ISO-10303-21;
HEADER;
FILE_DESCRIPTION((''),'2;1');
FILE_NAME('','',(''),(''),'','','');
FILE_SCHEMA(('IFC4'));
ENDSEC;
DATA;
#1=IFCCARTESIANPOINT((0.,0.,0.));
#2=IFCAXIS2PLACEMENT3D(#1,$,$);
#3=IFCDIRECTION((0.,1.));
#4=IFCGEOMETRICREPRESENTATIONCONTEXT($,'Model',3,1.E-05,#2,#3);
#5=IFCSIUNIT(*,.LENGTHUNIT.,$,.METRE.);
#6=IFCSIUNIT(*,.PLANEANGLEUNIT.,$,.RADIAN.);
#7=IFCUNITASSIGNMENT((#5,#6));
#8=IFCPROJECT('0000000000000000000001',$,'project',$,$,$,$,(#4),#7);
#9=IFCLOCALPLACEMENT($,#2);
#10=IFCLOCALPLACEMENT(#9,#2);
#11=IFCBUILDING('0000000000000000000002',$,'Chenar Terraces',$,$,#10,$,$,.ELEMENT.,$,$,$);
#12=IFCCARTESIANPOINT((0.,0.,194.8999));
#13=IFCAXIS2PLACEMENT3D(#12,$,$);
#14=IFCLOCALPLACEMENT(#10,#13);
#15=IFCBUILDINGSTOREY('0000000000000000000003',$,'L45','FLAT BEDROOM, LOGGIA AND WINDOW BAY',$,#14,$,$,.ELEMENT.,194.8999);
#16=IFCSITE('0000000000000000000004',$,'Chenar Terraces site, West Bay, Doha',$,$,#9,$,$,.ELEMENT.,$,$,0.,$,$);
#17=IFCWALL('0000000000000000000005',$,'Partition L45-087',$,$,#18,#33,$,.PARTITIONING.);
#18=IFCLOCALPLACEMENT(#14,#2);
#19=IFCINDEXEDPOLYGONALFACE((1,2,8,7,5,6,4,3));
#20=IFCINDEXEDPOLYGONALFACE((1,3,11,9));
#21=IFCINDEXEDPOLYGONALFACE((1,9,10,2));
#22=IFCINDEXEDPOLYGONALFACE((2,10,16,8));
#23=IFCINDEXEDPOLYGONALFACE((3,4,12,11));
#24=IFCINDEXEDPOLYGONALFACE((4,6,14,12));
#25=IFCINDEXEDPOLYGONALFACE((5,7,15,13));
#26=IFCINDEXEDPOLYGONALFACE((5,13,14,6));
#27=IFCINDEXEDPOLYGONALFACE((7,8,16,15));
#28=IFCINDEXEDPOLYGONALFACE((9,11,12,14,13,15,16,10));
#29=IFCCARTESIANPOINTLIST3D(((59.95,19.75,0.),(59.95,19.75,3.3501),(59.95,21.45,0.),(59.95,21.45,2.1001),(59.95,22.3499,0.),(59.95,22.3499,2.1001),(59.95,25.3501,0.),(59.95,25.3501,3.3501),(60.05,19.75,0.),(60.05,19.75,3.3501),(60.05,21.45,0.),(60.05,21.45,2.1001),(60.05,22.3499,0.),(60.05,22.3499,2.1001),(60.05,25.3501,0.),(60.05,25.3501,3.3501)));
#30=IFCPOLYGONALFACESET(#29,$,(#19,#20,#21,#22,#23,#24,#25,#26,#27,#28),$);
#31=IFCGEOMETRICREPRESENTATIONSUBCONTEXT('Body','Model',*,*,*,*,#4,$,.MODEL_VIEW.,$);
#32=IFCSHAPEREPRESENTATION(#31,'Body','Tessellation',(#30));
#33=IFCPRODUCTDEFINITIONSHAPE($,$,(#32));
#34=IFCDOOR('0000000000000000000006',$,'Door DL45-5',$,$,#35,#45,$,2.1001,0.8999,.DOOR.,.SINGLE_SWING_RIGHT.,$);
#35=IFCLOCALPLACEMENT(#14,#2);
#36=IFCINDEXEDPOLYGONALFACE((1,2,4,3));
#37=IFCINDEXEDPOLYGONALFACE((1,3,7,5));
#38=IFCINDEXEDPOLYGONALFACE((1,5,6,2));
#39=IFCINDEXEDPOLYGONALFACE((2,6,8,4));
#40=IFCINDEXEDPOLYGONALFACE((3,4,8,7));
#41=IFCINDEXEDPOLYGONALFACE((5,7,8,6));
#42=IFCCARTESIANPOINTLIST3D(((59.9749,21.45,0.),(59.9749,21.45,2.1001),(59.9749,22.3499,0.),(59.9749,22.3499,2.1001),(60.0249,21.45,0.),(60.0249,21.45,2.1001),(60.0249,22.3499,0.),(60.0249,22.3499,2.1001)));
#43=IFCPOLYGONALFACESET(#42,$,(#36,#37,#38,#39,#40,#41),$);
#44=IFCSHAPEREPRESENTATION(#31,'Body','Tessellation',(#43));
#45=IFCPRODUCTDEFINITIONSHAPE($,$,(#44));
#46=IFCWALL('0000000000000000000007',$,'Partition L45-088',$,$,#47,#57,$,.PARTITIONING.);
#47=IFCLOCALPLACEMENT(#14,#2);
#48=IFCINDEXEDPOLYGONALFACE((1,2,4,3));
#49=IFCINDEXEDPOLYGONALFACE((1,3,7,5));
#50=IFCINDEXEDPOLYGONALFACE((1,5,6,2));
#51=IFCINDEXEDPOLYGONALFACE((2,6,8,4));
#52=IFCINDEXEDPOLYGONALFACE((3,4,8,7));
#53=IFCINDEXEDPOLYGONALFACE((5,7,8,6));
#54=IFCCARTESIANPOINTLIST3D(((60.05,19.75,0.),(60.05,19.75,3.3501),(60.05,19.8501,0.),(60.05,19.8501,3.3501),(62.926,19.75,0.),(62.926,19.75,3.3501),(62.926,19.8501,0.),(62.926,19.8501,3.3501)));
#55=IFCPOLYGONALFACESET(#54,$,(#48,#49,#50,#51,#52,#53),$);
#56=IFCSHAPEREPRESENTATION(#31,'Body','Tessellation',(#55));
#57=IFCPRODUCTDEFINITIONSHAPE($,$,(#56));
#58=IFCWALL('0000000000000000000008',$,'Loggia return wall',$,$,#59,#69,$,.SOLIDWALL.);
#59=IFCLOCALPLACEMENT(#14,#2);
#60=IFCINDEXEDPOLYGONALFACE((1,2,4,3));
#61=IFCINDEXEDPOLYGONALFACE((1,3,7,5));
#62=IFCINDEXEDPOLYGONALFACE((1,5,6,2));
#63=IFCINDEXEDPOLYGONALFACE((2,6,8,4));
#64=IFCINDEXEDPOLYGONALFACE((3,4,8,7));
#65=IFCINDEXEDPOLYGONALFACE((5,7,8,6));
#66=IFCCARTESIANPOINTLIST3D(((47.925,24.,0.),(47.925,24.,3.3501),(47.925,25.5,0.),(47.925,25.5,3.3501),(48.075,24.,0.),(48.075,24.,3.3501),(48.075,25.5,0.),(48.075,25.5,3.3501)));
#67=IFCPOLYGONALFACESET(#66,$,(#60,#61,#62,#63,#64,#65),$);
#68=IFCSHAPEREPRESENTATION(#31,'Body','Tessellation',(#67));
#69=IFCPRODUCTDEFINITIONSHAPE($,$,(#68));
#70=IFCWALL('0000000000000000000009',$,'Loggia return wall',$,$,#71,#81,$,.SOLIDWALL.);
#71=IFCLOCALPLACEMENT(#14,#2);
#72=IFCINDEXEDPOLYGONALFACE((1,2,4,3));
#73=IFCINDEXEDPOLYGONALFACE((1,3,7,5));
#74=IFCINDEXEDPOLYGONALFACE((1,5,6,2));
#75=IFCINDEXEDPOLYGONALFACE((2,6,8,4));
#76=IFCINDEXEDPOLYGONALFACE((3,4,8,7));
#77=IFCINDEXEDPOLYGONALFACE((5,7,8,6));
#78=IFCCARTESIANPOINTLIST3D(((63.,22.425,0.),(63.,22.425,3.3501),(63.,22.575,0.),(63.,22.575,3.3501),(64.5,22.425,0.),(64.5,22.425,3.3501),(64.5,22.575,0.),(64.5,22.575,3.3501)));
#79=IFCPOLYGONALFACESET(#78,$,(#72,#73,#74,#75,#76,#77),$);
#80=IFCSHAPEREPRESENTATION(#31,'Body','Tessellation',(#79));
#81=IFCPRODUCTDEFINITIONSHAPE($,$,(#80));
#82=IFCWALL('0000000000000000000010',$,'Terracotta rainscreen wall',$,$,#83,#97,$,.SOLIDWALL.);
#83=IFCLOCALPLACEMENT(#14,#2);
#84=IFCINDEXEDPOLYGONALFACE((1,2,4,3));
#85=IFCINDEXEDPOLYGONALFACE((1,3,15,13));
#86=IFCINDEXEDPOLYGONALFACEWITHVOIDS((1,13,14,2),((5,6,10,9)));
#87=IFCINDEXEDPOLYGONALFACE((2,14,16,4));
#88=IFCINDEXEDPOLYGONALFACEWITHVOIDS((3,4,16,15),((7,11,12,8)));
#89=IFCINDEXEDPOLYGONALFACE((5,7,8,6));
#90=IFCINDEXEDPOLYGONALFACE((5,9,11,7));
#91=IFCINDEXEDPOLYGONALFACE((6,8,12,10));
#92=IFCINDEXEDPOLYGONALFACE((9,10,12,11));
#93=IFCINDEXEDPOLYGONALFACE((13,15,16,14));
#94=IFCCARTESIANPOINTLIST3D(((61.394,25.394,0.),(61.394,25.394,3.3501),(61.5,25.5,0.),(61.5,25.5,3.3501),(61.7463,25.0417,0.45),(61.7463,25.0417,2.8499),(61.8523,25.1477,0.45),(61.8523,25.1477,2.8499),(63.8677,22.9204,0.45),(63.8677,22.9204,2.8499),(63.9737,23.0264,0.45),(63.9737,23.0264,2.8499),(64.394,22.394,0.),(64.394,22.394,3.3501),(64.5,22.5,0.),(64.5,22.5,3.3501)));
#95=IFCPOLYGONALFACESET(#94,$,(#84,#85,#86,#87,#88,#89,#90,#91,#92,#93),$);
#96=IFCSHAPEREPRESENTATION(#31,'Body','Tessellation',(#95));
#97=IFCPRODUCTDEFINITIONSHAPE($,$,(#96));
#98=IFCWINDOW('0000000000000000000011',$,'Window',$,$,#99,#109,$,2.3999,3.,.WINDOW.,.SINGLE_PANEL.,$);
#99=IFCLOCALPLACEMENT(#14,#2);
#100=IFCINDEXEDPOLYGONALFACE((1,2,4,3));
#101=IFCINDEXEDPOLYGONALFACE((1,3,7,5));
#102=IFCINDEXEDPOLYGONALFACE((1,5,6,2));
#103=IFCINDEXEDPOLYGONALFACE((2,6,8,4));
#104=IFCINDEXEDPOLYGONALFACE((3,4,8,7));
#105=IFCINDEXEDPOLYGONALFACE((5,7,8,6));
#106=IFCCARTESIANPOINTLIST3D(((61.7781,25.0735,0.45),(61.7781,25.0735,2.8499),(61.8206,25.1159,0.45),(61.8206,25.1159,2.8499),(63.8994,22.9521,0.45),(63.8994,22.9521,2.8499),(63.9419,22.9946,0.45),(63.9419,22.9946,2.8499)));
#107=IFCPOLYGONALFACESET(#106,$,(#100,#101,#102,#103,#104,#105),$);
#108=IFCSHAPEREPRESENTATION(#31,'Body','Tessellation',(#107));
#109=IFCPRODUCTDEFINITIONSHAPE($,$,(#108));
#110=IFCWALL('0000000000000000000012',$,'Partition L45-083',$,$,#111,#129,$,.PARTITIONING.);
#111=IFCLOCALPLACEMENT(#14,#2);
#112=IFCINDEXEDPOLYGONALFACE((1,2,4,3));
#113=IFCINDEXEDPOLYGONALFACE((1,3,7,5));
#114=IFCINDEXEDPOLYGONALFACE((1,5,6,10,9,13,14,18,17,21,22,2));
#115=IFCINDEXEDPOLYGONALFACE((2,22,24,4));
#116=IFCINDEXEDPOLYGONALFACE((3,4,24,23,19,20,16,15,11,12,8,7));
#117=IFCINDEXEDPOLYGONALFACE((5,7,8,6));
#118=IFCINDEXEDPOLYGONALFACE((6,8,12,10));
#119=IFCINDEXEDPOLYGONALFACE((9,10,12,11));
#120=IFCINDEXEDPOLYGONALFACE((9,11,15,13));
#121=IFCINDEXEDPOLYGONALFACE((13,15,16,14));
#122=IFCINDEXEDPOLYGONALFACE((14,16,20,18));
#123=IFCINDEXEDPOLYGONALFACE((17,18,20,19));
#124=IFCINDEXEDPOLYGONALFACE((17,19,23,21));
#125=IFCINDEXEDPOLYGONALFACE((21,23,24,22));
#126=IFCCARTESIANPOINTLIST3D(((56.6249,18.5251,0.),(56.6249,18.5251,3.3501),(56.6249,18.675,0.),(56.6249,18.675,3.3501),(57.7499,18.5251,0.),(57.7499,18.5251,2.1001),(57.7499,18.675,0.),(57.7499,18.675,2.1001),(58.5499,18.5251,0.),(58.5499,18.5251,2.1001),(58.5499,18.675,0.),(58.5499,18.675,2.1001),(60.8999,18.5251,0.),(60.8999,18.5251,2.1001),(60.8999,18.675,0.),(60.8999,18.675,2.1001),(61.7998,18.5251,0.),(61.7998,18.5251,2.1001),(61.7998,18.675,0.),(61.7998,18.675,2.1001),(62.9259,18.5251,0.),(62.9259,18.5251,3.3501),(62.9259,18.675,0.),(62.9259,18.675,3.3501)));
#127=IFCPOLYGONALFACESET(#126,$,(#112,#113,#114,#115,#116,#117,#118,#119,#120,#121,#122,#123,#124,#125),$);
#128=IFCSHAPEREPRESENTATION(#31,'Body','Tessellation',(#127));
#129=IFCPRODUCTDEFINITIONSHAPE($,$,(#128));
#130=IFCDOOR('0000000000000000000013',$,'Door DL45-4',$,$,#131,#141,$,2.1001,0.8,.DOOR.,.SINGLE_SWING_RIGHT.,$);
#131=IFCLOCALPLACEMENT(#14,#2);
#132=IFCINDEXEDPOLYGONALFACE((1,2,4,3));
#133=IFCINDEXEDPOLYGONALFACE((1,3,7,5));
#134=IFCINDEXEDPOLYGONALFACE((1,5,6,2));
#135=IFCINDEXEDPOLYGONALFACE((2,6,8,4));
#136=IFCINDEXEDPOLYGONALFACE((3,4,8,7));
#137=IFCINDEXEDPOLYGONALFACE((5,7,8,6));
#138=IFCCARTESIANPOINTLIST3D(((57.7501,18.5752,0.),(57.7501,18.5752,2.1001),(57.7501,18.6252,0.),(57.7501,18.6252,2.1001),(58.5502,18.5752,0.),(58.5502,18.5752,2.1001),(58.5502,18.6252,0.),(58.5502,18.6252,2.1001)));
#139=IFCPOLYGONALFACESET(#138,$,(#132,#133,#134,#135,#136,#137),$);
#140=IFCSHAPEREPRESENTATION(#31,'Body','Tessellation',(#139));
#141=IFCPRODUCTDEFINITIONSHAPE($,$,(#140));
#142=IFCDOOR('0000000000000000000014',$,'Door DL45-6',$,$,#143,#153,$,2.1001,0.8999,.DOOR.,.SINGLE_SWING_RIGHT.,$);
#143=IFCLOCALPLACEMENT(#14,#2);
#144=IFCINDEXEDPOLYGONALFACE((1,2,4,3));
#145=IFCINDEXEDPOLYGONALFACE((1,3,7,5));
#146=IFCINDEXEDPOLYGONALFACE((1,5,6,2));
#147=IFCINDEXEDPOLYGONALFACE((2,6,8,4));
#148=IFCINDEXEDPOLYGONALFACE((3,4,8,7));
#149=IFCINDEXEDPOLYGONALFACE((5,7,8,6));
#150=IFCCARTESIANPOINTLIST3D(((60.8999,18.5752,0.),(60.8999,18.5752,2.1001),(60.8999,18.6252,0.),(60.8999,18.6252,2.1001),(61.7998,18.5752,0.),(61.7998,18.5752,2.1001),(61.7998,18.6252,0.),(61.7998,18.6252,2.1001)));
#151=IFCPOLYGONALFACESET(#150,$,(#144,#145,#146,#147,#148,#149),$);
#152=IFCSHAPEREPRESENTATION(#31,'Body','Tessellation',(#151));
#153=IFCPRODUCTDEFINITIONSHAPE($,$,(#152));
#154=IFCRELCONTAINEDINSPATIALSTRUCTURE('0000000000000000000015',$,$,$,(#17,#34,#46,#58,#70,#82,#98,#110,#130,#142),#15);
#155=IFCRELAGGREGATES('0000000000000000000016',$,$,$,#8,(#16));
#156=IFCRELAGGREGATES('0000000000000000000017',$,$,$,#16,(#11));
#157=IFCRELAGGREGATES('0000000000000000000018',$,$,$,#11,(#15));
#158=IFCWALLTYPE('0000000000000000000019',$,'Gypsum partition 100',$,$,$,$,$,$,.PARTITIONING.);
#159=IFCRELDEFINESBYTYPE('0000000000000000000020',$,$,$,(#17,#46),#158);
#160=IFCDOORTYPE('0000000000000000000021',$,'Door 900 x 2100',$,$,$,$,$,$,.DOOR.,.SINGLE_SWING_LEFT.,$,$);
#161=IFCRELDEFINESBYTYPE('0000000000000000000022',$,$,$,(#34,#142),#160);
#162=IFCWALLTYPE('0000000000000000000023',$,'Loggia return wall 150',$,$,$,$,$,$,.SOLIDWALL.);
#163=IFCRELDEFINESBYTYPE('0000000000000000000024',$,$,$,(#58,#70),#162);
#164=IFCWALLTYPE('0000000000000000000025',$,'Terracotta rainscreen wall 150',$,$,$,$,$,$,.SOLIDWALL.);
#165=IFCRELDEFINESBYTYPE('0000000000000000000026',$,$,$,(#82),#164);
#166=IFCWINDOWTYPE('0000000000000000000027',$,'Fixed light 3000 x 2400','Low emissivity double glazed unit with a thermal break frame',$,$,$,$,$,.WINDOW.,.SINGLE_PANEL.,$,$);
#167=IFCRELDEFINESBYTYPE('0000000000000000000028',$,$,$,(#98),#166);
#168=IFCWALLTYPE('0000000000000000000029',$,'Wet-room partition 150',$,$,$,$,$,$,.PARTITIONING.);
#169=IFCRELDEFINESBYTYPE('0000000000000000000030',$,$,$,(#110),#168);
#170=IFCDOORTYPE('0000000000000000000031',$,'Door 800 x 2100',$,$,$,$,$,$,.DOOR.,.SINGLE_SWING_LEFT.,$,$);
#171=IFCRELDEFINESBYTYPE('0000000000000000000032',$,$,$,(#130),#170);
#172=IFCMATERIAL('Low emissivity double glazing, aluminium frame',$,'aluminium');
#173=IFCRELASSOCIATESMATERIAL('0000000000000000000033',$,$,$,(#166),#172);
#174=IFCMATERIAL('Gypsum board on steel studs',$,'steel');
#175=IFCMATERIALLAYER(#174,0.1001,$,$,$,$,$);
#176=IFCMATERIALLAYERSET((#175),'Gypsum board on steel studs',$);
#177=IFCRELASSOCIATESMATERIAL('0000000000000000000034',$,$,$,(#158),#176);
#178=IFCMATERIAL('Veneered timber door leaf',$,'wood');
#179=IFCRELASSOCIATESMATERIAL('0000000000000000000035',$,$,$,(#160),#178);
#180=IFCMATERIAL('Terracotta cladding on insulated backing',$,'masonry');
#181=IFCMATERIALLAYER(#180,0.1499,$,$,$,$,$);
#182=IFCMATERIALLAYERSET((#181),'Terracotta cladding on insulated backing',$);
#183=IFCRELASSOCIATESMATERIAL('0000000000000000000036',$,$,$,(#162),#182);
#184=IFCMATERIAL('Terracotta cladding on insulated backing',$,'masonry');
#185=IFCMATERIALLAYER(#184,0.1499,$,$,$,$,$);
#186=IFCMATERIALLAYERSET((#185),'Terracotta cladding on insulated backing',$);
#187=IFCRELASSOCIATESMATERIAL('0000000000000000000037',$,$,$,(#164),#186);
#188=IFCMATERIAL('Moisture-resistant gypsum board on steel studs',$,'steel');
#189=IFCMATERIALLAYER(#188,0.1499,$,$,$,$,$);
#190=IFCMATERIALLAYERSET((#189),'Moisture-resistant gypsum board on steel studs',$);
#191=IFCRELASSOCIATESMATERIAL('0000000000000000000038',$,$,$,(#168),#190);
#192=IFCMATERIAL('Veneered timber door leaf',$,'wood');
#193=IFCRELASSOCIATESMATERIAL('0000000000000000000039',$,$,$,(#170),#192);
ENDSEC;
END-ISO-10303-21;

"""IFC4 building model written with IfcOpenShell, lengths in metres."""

from ifc_helpers import new_model, si_unit, direction, frame, frame_2d, origin, place, context, subcontext, project, spatial, rectangle, extrude, material, layer, layer_set, type_object, element, fill, save


model = new_model("IFC4")

# Units and contexts
model_context = context("Model", 3, precision=1e-05, world=origin(), true_north=direction((0.0, 1.0)))
body_context = subcontext(model_context, "Body", "Model", "MODEL_VIEW")
ifc_project = project(units=[si_unit("LENGTHUNIT", "METRE"), si_unit("PLANEANGLEUNIT", "RADIAN")], contexts=[model_context])

# Site, building, storey
site_placement = place(None, origin())
site = spatial("IfcSite", under=ifc_project, at=site_placement, Name="Chenar Terraces site, West Bay, Doha", CompositionType="ELEMENT", RefElevation=0.0)
building_placement = place(site_placement, origin())
building = spatial("IfcBuilding", under=site, at=building_placement, Name="Chenar Terraces", CompositionType="ELEMENT")
storey_placement = place(building_placement, frame((0.0, 0.0, 194.8999)))
storey = spatial("IfcBuildingStorey", under=building, at=storey_placement, Name="L45", Description="FLAT BEDROOM, LOGGIA AND WINDOW BAY", CompositionType="ELEMENT", Elevation=194.8999)

# Shared definitions
ifc_material_1 = material(Name="Low emissivity double glazing, aluminium frame", Category="aluminium")
window_type_1 = type_object("IfcWindowType", Name="Fixed light 3000 x 2400", Description="Low emissivity double glazed unit with a thermal break frame", PartitioningType="SINGLE_PANEL", PredefinedType="WINDOW", material=ifc_material_1)

# Wall, opening, door
ifc_material_2 = material(Name="Gypsum board on steel studs", Category="steel")
ifc_layer_1 = layer(ifc_material_2, 0.1001)
ifc_layer_set_1 = layer_set([ifc_layer_1], Name="Gypsum board on steel studs")
wall_type_1 = type_object("IfcWallType", Name="Gypsum partition 100", PredefinedType="PARTITIONING", material=ifc_layer_set_1)
wall_1_placement = place(storey_placement, frame((60.0, 19.75, 0.0), z_axis=(0.0, 0.0, 1.0), x_axis=(0.0, 1.0, 0.0)))
wall_1 = element("IfcWall", 1, at=wall_1_placement, inside=storey, type_object=wall_type_1, Name="Partition L45-087", PredefinedType="PARTITIONING", context=body_context, shape_type="SweptSolid", body=[
    extrude(rectangle(XDim=5.6001, YDim=0.1001, at=frame_2d((2.8, 0.0))), origin(), (0.0, 0.0, 1.0), 3.3501),
])
opening_1_placement = place(wall_1_placement, frame((1.7, 0.0, 0.0)))
opening_1 = element("IfcOpeningElement", 2, at=opening_1_placement, cuts=wall_1, PredefinedType="OPENING", context=body_context, shape_type="SweptSolid", body=[
    extrude(rectangle(XDim=0.8999, YDim=2.1001, at=frame_2d((0.45, 1.05))), frame((0.0, 0.0601, 0.0), z_axis=(0.0, -1.0, 0.0), x_axis=(1.0, 0.0, 0.0)), (0.0, 0.0, 1.0), 0.1201),
])
ifc_material_3 = material(Name="Veneered timber door leaf", Category="wood")
door_type_1 = type_object("IfcDoorType", Name="Door 900 x 2100", OperationType="SINGLE_SWING_LEFT", PredefinedType="DOOR", material=ifc_material_3)
door_1_placement = place(opening_1_placement, frame((0.8999, 0.0, 0.0), z_axis=(0.0, 0.0, 1.0), x_axis=(-1.0, 0.0, 0.0)))
door_1 = element("IfcDoor", 3, at=door_1_placement, inside=storey, type_object=door_type_1, Name="Door DL45-5", OperationType="SINGLE_SWING_RIGHT", OverallHeight=2.1001, OverallWidth=0.8999, PredefinedType="DOOR", context=body_context, shape_type="SweptSolid", body=[
    extrude(rectangle(XDim=0.8999, YDim=2.1001, at=frame_2d((0.45, 1.05))), frame((0.0, 0.0249, 0.0), z_axis=(0.0, -1.0, 0.0), x_axis=(1.0, 0.0, 0.0)), (0.0, 0.0, 1.0), 0.05),
])
fill(opening_1, door_1)

# Walls
wall_2_placement = place(storey_placement, frame((60.05, 19.8, 0.0), z_axis=(0.0, 0.0, 1.0), x_axis=(1.0, 0.0, 0.0)))
element("IfcWall", 4, at=wall_2_placement, inside=storey, type_object=wall_type_1, Name="Partition L45-088", PredefinedType="PARTITIONING", context=body_context, shape_type="SweptSolid", body=[
    extrude(rectangle(XDim=2.876, YDim=0.1001, at=frame_2d((1.438, 0.0))), origin(), (0.0, 0.0, 1.0), 3.3501),
])
ifc_material_4 = material(Name="Terracotta cladding on insulated backing", Category="masonry")
ifc_layer_2 = layer(ifc_material_4, 0.1499)
ifc_layer_set_2 = layer_set([ifc_layer_2], Name="Terracotta cladding on insulated backing")
wall_type_2 = type_object("IfcWallType", Name="Loggia return wall 150", PredefinedType="SOLIDWALL", material=ifc_layer_set_2)
for number, where, z_axis, x_axis, name in (
    (5, (48.0, 25.5, 0.0), (0.0, 0.0, 1.0), (0.0, -1.0, 0.0), "Loggia return wall"),
    (6, (64.5, 22.5, 0.0), (0.0, 0.0, 1.0), (-1.0, 0.0, 0.0), "Loggia return wall"),
):
    element("IfcWall", number, at=place(storey_placement, frame(where, z_axis=z_axis, x_axis=x_axis)), inside=storey, type_object=wall_type_2, Name=name, PredefinedType="SOLIDWALL", context=body_context, shape_type="SweptSolid", body=[
        extrude(rectangle(XDim=1.5, YDim=0.1499, at=frame_2d((0.75, 0.0))), origin(), (0.0, 0.0, 1.0), 3.3501),
    ])

# Wall, opening, window
ifc_material_5 = material(Name="Terracotta cladding on insulated backing", Category="masonry")
ifc_layer_3 = layer(ifc_material_5, 0.1499)
ifc_layer_set_3 = layer_set([ifc_layer_3], Name="Terracotta cladding on insulated backing")
wall_type_3 = type_object("IfcWallType", Name="Terracotta rainscreen wall 150", PredefinedType="SOLIDWALL", material=ifc_layer_set_3)
wall_3_placement = place(storey_placement, frame((64.447, 22.447, 0.0), z_axis=(0.0, 0.0, 1.0), x_axis=(-0.707107, 0.707107, 0.0)))
wall_3 = element("IfcWall", 7, at=wall_3_placement, inside=storey, type_object=wall_type_3, Name="Terracotta rainscreen wall", PredefinedType="SOLIDWALL", context=body_context, shape_type="SweptSolid", body=[
    extrude(rectangle(XDim=4.2427, YDim=0.1499, at=frame_2d((2.1213, 0.0))), origin(), (0.0, 0.0, 1.0), 3.3501),
])
opening_2_placement = place(wall_3_placement, frame((0.7444, 0.0, 0.45)))
opening_2 = element("IfcOpeningElement", 8, at=opening_2_placement, cuts=wall_3, PredefinedType="OPENING", context=body_context, shape_type="SweptSolid", body=[
    extrude(rectangle(XDim=3.0, YDim=2.3999, at=frame_2d((1.5, 1.2))), frame((0.0, 0.085, 0.0), z_axis=(0.0, -1.0, 0.0), x_axis=(1.0, 0.0, 0.0)), (0.0, 0.0, 1.0), 0.1699),
])
window_1_placement = place(opening_2_placement, origin())
window_1 = element("IfcWindow", 9, at=window_1_placement, inside=storey, type_object=window_type_1, Name="Window", OverallHeight=2.3999, OverallWidth=3.0, PartitioningType="SINGLE_PANEL", PredefinedType="WINDOW", context=body_context, shape_type="SweptSolid", body=[
    extrude(rectangle(XDim=3.0, YDim=2.3999, at=frame_2d((1.5, 1.2))), frame((0.0, 0.03, 0.0), z_axis=(0.0, -1.0, 0.0), x_axis=(1.0, 0.0, 0.0)), (0.0, 0.0, 1.0), 0.0601),
])
fill(opening_2, window_1)

# Wall, openings, doors
ifc_material_6 = material(Name="Moisture-resistant gypsum board on steel studs", Category="steel")
ifc_layer_4 = layer(ifc_material_6, 0.1499)
ifc_layer_set_4 = layer_set([ifc_layer_4], Name="Moisture-resistant gypsum board on steel studs")
wall_type_4 = type_object("IfcWallType", Name="Wet-room partition 150", PredefinedType="PARTITIONING", material=ifc_layer_set_4)
wall_4_placement = place(storey_placement, frame((56.625, 18.6001, 0.0), z_axis=(0.0, 0.0, 1.0), x_axis=(1.0, 0.0, 0.0)))
wall_4 = element("IfcWall", 10, at=wall_4_placement, inside=storey, type_object=wall_type_4, Name="Partition L45-083", PredefinedType="PARTITIONING", context=body_context, shape_type="SweptSolid", body=[
    extrude(rectangle(XDim=6.301, YDim=0.1499, at=frame_2d((3.1504, 0.0))), origin(), (0.0, 0.0, 1.0), 3.3501),
])
opening_3_placement = place(wall_4_placement, frame((1.125, 0.0, 0.0)))
opening_3 = element("IfcOpeningElement", 11, at=opening_3_placement, cuts=wall_4, PredefinedType="OPENING", context=body_context, shape_type="SweptSolid", body=[
    extrude(rectangle(XDim=0.8, YDim=2.1001, at=frame_2d((0.3999, 1.05))), frame((0.0, 0.085, 0.0), z_axis=(0.0, -1.0, 0.0), x_axis=(1.0, 0.0, 0.0)), (0.0, 0.0, 1.0), 0.1699),
])
opening_4_placement = place(wall_4_placement, frame((4.2749, 0.0, 0.0)))
opening_4 = element("IfcOpeningElement", 12, at=opening_4_placement, cuts=wall_4, PredefinedType="OPENING", context=body_context, shape_type="SweptSolid", body=[
    extrude(rectangle(XDim=0.8999, YDim=2.1001, at=frame_2d((0.45, 1.05))), frame((0.0, 0.085, 0.0), z_axis=(0.0, -1.0, 0.0), x_axis=(1.0, 0.0, 0.0)), (0.0, 0.0, 1.0), 0.1699),
])
ifc_material_7 = material(Name="Veneered timber door leaf", Category="wood")
door_type_2 = type_object("IfcDoorType", Name="Door 800 x 2100", OperationType="SINGLE_SWING_LEFT", PredefinedType="DOOR", material=ifc_material_7)
door_2_placement = place(opening_3_placement, frame((0.8, 0.0, 0.0), z_axis=(0.0, 0.0, 1.0), x_axis=(-1.0, 0.0, 0.0)))
door_2 = element("IfcDoor", 13, at=door_2_placement, inside=storey, type_object=door_type_2, Name="Door DL45-4", OperationType="SINGLE_SWING_RIGHT", OverallHeight=2.1001, OverallWidth=0.8, PredefinedType="DOOR", context=body_context, shape_type="SweptSolid", body=[
    extrude(rectangle(XDim=0.8, YDim=2.1001, at=frame_2d((0.3999, 1.05))), frame((0.0, 0.0249, 0.0), z_axis=(0.0, -1.0, 0.0), x_axis=(1.0, 0.0, 0.0)), (0.0, 0.0, 1.0), 0.05),
])
fill(opening_3, door_2)
door_3_placement = place(opening_4_placement, frame((0.8999, 0.0, 0.0), z_axis=(0.0, 0.0, 1.0), x_axis=(-1.0, 0.0, 0.0)))
door_3 = element("IfcDoor", 14, at=door_3_placement, inside=storey, type_object=door_type_1, Name="Door DL45-6", OperationType="SINGLE_SWING_RIGHT", OverallHeight=2.1001, OverallWidth=0.8999, PredefinedType="DOOR", context=body_context, shape_type="SweptSolid", body=[
    extrude(rectangle(XDim=0.8999, YDim=2.1001, at=frame_2d((0.45, 1.05))), frame((0.0, 0.0249, 0.0), z_axis=(0.0, -1.0, 0.0), x_axis=(1.0, 0.0, 0.0)), (0.0, 0.0, 1.0), 0.05),
])
fill(opening_4, door_3)

save(model, "model.ifc")
